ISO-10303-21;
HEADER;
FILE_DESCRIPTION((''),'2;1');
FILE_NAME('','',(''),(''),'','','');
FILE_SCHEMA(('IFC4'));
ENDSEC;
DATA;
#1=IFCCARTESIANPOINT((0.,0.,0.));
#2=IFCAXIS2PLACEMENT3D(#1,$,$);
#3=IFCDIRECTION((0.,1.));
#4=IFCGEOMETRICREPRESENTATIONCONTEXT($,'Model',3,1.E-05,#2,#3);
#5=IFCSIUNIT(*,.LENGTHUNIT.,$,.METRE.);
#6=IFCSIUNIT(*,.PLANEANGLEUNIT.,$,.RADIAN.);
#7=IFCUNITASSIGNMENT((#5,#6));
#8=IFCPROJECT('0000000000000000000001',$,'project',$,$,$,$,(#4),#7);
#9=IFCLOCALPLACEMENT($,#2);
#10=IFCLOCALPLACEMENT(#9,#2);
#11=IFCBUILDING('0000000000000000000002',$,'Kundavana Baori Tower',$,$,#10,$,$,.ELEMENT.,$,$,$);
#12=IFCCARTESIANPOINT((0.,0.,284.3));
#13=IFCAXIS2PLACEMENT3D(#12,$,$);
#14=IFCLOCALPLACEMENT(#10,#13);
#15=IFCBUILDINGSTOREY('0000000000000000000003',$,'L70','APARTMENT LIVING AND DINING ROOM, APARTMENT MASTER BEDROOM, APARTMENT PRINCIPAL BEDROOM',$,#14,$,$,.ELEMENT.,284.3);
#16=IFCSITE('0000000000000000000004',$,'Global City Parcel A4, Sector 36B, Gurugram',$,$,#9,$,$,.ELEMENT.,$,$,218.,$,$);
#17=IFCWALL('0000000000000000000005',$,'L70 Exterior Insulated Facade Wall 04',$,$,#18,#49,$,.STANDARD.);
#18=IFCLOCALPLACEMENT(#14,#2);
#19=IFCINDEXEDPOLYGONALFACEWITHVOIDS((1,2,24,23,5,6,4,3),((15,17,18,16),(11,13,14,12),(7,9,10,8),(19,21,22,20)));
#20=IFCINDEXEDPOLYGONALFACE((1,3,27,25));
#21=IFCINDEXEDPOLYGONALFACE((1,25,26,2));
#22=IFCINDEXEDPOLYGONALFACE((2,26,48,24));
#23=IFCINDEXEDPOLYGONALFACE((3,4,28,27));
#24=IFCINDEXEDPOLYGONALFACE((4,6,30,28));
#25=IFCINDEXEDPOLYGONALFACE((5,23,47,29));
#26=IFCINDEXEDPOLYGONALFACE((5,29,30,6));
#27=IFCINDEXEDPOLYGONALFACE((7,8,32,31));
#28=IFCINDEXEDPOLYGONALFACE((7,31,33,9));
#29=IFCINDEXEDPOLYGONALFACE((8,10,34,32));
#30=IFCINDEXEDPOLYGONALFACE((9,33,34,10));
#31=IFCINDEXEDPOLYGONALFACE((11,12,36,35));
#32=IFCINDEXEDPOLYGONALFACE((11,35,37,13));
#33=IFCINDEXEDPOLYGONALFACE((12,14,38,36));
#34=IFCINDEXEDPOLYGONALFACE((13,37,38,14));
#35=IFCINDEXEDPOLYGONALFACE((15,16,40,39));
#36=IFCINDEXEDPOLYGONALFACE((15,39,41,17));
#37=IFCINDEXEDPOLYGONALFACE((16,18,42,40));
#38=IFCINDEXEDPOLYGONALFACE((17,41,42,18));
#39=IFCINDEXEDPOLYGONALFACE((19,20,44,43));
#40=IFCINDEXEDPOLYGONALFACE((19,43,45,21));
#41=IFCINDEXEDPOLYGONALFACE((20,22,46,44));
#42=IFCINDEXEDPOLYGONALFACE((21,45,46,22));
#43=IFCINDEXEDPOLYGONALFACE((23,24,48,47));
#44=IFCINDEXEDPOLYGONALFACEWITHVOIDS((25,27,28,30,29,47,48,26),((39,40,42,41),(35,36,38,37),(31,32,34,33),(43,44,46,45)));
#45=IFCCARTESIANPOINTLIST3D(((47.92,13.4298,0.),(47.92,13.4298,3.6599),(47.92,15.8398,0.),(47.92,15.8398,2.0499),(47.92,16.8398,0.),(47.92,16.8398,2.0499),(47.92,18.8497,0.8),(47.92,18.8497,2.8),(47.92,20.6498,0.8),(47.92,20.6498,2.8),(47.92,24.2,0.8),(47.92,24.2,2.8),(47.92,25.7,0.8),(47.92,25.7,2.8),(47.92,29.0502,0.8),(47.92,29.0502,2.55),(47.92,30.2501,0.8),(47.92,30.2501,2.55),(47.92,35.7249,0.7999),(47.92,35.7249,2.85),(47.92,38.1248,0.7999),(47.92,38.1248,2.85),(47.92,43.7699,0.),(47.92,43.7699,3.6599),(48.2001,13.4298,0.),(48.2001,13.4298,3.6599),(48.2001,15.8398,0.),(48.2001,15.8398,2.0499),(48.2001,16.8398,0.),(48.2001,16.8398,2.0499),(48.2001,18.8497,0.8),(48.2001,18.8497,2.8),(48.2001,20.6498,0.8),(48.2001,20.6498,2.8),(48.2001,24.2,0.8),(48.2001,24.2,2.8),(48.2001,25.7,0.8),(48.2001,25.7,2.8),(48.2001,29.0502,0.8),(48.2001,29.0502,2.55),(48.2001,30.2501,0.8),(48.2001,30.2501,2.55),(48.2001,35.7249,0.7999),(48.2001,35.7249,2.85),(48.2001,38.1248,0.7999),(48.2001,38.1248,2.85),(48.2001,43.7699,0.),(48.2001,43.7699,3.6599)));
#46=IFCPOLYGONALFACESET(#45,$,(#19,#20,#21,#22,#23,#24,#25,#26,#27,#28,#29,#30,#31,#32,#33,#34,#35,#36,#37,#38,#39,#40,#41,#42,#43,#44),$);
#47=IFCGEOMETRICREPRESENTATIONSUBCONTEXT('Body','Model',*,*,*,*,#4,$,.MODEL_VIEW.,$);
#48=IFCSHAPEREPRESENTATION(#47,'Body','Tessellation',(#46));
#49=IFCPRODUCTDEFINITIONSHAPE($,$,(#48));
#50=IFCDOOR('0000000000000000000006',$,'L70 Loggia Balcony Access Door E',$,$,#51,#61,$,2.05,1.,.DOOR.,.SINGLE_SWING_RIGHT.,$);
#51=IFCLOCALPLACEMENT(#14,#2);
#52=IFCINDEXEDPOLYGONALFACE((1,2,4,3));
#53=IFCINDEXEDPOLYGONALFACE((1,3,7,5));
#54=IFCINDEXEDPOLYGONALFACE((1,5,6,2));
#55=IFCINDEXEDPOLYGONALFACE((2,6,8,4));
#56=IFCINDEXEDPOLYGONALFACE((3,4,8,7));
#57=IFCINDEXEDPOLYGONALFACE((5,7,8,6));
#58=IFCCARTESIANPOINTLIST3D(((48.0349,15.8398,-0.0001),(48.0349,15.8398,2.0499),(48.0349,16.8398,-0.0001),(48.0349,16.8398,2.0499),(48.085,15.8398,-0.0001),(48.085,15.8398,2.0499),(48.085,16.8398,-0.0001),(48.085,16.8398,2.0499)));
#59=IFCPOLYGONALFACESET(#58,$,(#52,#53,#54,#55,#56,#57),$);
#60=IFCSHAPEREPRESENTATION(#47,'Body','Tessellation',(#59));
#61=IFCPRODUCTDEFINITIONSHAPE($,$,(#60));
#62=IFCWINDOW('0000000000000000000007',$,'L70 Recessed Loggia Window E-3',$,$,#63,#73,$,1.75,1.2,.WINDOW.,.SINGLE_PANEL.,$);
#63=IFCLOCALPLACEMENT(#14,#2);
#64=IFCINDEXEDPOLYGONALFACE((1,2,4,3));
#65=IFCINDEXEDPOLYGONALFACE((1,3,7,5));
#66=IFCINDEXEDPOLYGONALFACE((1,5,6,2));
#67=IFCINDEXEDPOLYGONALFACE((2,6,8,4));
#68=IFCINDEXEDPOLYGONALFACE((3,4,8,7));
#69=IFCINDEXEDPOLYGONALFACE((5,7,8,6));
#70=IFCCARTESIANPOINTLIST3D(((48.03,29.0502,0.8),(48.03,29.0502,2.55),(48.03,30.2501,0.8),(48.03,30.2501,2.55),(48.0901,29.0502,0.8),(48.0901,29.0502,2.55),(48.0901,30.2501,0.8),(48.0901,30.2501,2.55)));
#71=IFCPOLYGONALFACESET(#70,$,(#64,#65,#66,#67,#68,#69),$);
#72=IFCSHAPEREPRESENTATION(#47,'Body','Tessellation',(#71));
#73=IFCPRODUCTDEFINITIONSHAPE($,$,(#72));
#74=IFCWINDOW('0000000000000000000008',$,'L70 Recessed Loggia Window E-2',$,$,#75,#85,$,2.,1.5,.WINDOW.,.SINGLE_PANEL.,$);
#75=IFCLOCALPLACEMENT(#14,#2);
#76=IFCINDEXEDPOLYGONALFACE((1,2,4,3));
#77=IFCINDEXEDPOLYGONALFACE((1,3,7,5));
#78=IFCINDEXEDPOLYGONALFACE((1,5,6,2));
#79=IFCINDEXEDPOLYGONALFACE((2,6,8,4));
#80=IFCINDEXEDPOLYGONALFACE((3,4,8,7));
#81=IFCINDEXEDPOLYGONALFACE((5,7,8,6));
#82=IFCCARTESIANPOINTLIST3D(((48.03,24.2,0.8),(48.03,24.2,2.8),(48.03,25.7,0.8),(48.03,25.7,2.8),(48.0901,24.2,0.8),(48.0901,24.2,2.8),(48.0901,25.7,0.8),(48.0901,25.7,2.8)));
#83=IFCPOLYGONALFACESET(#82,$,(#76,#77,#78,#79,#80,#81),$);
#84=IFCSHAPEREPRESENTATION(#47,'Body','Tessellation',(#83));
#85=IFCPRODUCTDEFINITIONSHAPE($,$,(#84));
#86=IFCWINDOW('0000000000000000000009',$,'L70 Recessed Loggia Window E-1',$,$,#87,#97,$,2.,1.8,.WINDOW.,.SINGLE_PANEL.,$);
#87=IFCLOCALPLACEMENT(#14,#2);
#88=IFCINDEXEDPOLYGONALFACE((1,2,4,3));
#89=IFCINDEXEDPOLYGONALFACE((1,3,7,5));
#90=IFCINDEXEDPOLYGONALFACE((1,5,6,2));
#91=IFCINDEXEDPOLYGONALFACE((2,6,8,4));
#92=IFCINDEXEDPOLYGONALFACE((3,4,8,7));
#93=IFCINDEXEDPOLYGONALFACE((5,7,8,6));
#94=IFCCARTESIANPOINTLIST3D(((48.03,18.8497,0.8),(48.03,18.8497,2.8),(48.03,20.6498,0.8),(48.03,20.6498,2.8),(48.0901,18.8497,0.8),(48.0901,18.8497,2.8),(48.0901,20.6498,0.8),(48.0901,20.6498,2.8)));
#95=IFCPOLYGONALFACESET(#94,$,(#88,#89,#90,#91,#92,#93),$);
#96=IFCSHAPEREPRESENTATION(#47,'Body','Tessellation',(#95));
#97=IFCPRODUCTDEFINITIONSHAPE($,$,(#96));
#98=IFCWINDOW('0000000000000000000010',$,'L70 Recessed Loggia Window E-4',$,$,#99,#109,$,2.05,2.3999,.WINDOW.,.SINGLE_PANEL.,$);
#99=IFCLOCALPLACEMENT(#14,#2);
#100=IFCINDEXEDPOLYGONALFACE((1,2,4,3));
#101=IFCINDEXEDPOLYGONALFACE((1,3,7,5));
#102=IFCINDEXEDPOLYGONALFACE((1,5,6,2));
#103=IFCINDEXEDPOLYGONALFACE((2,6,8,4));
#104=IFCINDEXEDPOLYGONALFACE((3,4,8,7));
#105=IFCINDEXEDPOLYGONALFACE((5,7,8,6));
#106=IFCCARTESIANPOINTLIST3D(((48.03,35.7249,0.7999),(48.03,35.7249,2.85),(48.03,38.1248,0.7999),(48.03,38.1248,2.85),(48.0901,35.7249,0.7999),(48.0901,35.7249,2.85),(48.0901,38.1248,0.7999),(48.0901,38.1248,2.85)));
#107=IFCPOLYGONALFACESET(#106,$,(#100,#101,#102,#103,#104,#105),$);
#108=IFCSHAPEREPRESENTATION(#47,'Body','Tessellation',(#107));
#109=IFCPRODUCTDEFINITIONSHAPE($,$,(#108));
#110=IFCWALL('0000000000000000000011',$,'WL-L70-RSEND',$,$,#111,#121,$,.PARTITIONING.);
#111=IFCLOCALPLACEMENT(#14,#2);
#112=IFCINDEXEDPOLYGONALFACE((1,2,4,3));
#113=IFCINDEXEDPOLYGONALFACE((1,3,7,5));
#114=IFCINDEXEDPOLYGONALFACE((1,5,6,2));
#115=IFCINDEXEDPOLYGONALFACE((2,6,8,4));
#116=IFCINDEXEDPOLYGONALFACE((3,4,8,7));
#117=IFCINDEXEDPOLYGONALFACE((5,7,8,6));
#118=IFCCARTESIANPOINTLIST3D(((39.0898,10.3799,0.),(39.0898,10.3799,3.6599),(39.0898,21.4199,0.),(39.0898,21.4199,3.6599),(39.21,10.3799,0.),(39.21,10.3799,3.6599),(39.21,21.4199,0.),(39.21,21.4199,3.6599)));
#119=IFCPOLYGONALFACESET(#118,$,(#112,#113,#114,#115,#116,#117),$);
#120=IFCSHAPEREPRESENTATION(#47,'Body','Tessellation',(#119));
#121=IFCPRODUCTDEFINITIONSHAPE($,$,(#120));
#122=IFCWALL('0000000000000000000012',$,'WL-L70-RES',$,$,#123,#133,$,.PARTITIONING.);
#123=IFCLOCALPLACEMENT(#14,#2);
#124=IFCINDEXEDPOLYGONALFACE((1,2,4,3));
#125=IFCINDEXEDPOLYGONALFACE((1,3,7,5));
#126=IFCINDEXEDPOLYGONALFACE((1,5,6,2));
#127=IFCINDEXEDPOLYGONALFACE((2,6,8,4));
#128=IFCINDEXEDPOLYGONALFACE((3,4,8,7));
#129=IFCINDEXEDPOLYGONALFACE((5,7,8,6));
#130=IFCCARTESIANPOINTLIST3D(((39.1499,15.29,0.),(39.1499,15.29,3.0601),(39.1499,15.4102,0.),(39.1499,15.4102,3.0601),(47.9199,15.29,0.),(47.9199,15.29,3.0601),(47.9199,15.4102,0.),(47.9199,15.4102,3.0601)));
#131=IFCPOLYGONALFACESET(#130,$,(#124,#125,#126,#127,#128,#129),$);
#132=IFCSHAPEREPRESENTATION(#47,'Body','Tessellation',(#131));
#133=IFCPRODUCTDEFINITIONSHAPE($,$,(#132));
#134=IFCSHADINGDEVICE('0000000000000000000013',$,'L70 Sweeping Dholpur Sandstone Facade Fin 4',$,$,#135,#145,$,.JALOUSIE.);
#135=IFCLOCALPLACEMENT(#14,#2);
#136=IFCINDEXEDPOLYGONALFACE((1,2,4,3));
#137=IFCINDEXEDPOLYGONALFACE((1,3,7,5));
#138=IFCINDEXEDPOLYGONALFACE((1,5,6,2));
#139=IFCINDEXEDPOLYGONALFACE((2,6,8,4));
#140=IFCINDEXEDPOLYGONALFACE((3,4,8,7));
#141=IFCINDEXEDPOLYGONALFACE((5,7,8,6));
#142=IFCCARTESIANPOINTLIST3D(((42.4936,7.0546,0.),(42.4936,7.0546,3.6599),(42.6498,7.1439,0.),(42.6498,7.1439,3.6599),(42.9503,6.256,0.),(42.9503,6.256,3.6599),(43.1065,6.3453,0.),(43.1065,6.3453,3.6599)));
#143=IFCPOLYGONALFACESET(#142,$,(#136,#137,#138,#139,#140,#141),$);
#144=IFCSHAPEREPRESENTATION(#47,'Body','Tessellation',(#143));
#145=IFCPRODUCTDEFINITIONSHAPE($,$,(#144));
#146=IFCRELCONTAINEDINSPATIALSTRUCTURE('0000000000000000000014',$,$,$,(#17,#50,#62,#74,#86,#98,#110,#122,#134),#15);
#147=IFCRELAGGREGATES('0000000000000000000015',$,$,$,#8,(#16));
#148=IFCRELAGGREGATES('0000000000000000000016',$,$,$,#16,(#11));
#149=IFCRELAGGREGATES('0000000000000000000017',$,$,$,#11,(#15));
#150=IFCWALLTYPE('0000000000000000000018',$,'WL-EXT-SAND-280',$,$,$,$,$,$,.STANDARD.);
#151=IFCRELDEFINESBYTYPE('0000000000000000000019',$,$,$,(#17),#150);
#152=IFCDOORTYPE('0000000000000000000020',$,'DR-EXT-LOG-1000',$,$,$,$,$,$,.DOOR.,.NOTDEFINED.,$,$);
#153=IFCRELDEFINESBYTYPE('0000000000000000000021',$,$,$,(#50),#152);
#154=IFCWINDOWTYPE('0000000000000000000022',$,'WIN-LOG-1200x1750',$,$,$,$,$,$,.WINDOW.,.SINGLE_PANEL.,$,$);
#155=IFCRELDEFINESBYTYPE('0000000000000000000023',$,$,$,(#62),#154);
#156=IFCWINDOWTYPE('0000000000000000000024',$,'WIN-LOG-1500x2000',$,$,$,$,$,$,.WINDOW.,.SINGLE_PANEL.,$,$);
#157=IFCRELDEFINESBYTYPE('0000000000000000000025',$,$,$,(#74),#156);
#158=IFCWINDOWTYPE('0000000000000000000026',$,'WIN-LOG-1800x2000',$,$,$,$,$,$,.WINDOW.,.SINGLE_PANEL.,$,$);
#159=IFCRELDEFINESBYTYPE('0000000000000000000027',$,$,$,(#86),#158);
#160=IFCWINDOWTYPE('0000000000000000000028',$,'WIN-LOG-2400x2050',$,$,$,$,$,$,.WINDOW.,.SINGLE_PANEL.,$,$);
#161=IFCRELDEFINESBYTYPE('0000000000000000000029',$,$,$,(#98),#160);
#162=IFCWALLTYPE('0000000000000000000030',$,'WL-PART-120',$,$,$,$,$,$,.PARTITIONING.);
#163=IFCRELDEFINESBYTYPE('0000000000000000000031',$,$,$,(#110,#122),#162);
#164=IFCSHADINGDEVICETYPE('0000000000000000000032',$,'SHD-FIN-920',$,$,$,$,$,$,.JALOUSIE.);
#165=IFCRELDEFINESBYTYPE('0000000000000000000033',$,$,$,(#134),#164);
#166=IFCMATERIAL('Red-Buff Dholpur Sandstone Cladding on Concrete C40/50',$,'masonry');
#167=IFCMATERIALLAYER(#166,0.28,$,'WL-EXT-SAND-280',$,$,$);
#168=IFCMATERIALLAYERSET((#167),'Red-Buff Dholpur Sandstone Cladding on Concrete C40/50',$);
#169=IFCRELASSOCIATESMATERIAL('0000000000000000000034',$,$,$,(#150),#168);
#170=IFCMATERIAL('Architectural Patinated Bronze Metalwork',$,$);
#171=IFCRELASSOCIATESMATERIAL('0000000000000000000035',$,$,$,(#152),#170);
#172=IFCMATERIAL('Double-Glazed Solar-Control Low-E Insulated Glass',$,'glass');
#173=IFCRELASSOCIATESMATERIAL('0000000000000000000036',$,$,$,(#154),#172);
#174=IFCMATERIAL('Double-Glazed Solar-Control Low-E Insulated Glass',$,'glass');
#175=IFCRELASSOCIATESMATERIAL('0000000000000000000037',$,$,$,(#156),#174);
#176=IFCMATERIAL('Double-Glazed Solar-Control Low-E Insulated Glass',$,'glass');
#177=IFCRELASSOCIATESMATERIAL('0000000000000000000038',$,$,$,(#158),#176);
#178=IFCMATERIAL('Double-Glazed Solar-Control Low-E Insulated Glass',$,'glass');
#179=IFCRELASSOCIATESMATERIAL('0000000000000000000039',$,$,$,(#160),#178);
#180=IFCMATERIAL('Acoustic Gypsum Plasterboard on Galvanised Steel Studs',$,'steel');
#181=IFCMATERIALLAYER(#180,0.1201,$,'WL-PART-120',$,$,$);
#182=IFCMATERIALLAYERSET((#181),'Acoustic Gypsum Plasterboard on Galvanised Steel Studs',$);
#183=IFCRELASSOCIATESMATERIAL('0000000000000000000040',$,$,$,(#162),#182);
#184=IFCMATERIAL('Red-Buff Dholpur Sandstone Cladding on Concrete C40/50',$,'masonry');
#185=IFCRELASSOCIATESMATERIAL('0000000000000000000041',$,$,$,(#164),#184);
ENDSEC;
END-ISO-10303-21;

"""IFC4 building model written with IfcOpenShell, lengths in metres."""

from ifc_helpers import new_model, si_unit, direction, frame, frame_2d, origin, origin_2d, place, context, subcontext, project, spatial, rectangle, extrude, material, layer, layer_set, type_object, element, fill, save


model = new_model("IFC4")

# Units and contexts
model_context = context("Model", 3, precision=1e-05, world=origin(), true_north=direction((0.0, 1.0)))
body_context = subcontext(model_context, "Body", "Model", "MODEL_VIEW")
ifc_project = project(units=[si_unit("LENGTHUNIT", "METRE"), si_unit("PLANEANGLEUNIT", "RADIAN")], contexts=[model_context])

# Site, building, storey
site_placement = place(None, origin())
site = spatial("IfcSite", under=ifc_project, at=site_placement, Name="Global City Parcel A4, Sector 36B, Gurugram", CompositionType="ELEMENT", RefElevation=218.0)
building_placement = place(site_placement, origin())
building = spatial("IfcBuilding", under=site, at=building_placement, Name="Kundavana Baori Tower", CompositionType="ELEMENT")
storey_placement = place(building_placement, frame((0.0, 0.0, 284.3)))
storey = spatial("IfcBuildingStorey", under=building, at=storey_placement, Name="L70", Description="APARTMENT LIVING AND DINING ROOM, APARTMENT MASTER BEDROOM, APARTMENT PRINCIPAL BEDROOM", CompositionType="ELEMENT", Elevation=284.3)

# Shared definitions
ifc_material_1 = material(Name="Red-Buff Dholpur Sandstone Cladding on Concrete C40/50", Category="masonry")
ifc_layer_1 = layer(ifc_material_1, 0.28, Name="WL-EXT-SAND-280")
ifc_layer_set_1 = layer_set([ifc_layer_1], Name="Red-Buff Dholpur Sandstone Cladding on Concrete C40/50")
wall_type_1 = type_object("IfcWallType", Name="WL-EXT-SAND-280", PredefinedType="STANDARD", material=ifc_layer_set_1)

# Wall, openings, door, windows
wall_1_placement = place(storey_placement, frame((48.0601, 13.4299, 0.0), z_axis=(0.0, 0.0, 1.0), x_axis=(0.0, 1.0, 0.0)))
wall_1 = element("IfcWall", 1, at=wall_1_placement, inside=storey, type_object=wall_type_1, Name="L70 Exterior Insulated Facade Wall 04", PredefinedType="STANDARD", context=body_context, shape_type="SweptSolid", body=[
    extrude(rectangle(XDim=30.3401, YDim=0.28, at=frame_2d((15.1699, 0.0))), origin(), (0.0, 0.0, 1.0), 3.6599),
])
opening_1_placement = place(wall_1_placement, frame((2.4099, 0.0, 0.0)))
opening_1 = element("IfcOpeningElement", 2, at=opening_1_placement, cuts=wall_1, PredefinedType="OPENING", context=body_context, shape_type="SweptSolid", body=[
    extrude(rectangle(XDim=1.0, YDim=2.05, at=frame_2d((0.5, 1.0249))), frame((0.0, 0.1499, 0.0), z_axis=(0.0, -1.0, 0.0), x_axis=(1.0, 0.0, 0.0)), (0.0, 0.0, 1.0), 0.3),
])
opening_2_placement = place(wall_1_placement, frame((5.4199, 0.0, 0.8)))
opening_2 = element("IfcOpeningElement", 3, at=opening_2_placement, cuts=wall_1, PredefinedType="OPENING", context=body_context, shape_type="SweptSolid", body=[
    extrude(rectangle(XDim=1.8, YDim=2.0, at=frame_2d((0.8999, 1.0))), frame((0.0, 0.1499, 0.0), z_axis=(0.0, -1.0, 0.0), x_axis=(1.0, 0.0, 0.0)), (0.0, 0.0, 1.0), 0.3),
])
opening_3_placement = place(wall_1_placement, frame((10.77, 0.0, 0.8)))
opening_3 = element("IfcOpeningElement", 4, at=opening_3_placement, cuts=wall_1, PredefinedType="OPENING", context=body_context, shape_type="SweptSolid", body=[
    extrude(rectangle(XDim=1.5, YDim=2.0, at=frame_2d((0.75, 1.0))), frame((0.0, 0.1499, 0.0), z_axis=(0.0, -1.0, 0.0), x_axis=(1.0, 0.0, 0.0)), (0.0, 0.0, 1.0), 0.3),
])
opening_4_placement = place(wall_1_placement, frame((15.6201, 0.0, 0.8)))
opening_4 = element("IfcOpeningElement", 5, at=opening_4_placement, cuts=wall_1, PredefinedType="OPENING", context=body_context, shape_type="SweptSolid", body=[
    extrude(rectangle(XDim=1.2, YDim=1.75, at=frame_2d((0.6001, 0.875))), frame((0.0, 0.1499, 0.0), z_axis=(0.0, -1.0, 0.0), x_axis=(1.0, 0.0, 0.0)), (0.0, 0.0, 1.0), 0.3),
])
opening_5_placement = place(wall_1_placement, frame((22.2949, 0.0, 0.8)))
opening_5 = element("IfcOpeningElement", 6, at=opening_5_placement, cuts=wall_1, PredefinedType="OPENING", context=body_context, shape_type="SweptSolid", body=[
    extrude(rectangle(XDim=2.3999, YDim=2.05, at=frame_2d((1.2, 1.0249))), frame((0.0, 0.1499, 0.0), z_axis=(0.0, -1.0, 0.0), x_axis=(1.0, 0.0, 0.0)), (0.0, 0.0, 1.0), 0.3),
])
ifc_material_2 = material(Name="Architectural Patinated Bronze Metalwork")
door_type = type_object("IfcDoorType", Name="DR-EXT-LOG-1000", OperationType="NOTDEFINED", PredefinedType="DOOR", material=ifc_material_2)
door_placement = place(opening_1_placement, frame((1.0, 0.0, 0.0), z_axis=(0.0, 0.0, 1.0), x_axis=(-1.0, 0.0, 0.0)))
door = element("IfcDoor", 7, at=door_placement, inside=storey, type_object=door_type, Name="L70 Loggia Balcony Access Door E", OperationType="SINGLE_SWING_RIGHT", OverallHeight=2.05, OverallWidth=1.0, PredefinedType="DOOR", context=body_context, shape_type="SweptSolid", body=[
    extrude(rectangle(XDim=1.0, YDim=2.05, at=frame_2d((0.5, 1.0249))), frame((0.0, 0.0249, 0.0), z_axis=(0.0, -1.0, 0.0), x_axis=(1.0, 0.0, 0.0)), (0.0, 0.0, 1.0), 0.05),
])
fill(opening_1, door)
ifc_material_3 = material(Name="Double-Glazed Solar-Control Low-E Insulated Glass", Category="glass")
window_type_1 = type_object("IfcWindowType", Name="WIN-LOG-1200x1750", PartitioningType="SINGLE_PANEL", PredefinedType="WINDOW", material=ifc_material_3)
window_1_placement = place(opening_4_placement, origin())
window_1 = element("IfcWindow", 8, at=window_1_placement, inside=storey, type_object=window_type_1, Name="L70 Recessed Loggia Window E-3", OverallHeight=1.75, OverallWidth=1.2, PartitioningType="SINGLE_PANEL", PredefinedType="WINDOW", context=body_context, shape_type="SweptSolid", body=[
    extrude(rectangle(XDim=1.2, YDim=1.75, at=frame_2d((0.6001, 0.875))), frame((0.0, 0.03, 0.0), z_axis=(0.0, -1.0, 0.0), x_axis=(1.0, 0.0, 0.0)), (0.0, 0.0, 1.0), 0.0601),
])
fill(opening_4, window_1)
ifc_material_4 = material(Name="Double-Glazed Solar-Control Low-E Insulated Glass", Category="glass")
window_type_2 = type_object("IfcWindowType", Name="WIN-LOG-1500x2000", PartitioningType="SINGLE_PANEL", PredefinedType="WINDOW", material=ifc_material_4)
window_2_placement = place(opening_3_placement, origin())
window_2 = element("IfcWindow", 9, at=window_2_placement, inside=storey, type_object=window_type_2, Name="L70 Recessed Loggia Window E-2", OverallHeight=2.0, OverallWidth=1.5, PartitioningType="SINGLE_PANEL", PredefinedType="WINDOW", context=body_context, shape_type="SweptSolid", body=[
    extrude(rectangle(XDim=1.5, YDim=2.0, at=frame_2d((0.75, 1.0))), frame((0.0, 0.03, 0.0), z_axis=(0.0, -1.0, 0.0), x_axis=(1.0, 0.0, 0.0)), (0.0, 0.0, 1.0), 0.0601),
])
fill(opening_3, window_2)
ifc_material_5 = material(Name="Double-Glazed Solar-Control Low-E Insulated Glass", Category="glass")
window_type_3 = type_object("IfcWindowType", Name="WIN-LOG-1800x2000", PartitioningType="SINGLE_PANEL", PredefinedType="WINDOW", material=ifc_material_5)
window_3_placement = place(opening_2_placement, origin())
window_3 = element("IfcWindow", 10, at=window_3_placement, inside=storey, type_object=window_type_3, Name="L70 Recessed Loggia Window E-1", OverallHeight=2.0, OverallWidth=1.8, PartitioningType="SINGLE_PANEL", PredefinedType="WINDOW", context=body_context, shape_type="SweptSolid", body=[
    extrude(rectangle(XDim=1.8, YDim=2.0, at=frame_2d((0.8999, 1.0))), frame((0.0, 0.03, 0.0), z_axis=(0.0, -1.0, 0.0), x_axis=(1.0, 0.0, 0.0)), (0.0, 0.0, 1.0), 0.0601),
])
fill(opening_2, window_3)
ifc_material_6 = material(Name="Double-Glazed Solar-Control Low-E Insulated Glass", Category="glass")
window_type_4 = type_object("IfcWindowType", Name="WIN-LOG-2400x2050", PartitioningType="SINGLE_PANEL", PredefinedType="WINDOW", material=ifc_material_6)
window_4_placement = place(opening_5_placement, origin())
window_4 = element("IfcWindow", 11, at=window_4_placement, inside=storey, type_object=window_type_4, Name="L70 Recessed Loggia Window E-4", OverallHeight=2.05, OverallWidth=2.3999, PartitioningType="SINGLE_PANEL", PredefinedType="WINDOW", context=body_context, shape_type="SweptSolid", body=[
    extrude(rectangle(XDim=2.3999, YDim=2.05, at=frame_2d((1.2, 1.0249))), frame((0.0, 0.03, 0.0), z_axis=(0.0, -1.0, 0.0), x_axis=(1.0, 0.0, 0.0)), (0.0, 0.0, 1.0), 0.0601),
])
fill(opening_5, window_4)

# Walls
ifc_material_7 = material(Name="Acoustic Gypsum Plasterboard on Galvanised Steel Studs", Category="steel")
ifc_layer_2 = layer(ifc_material_7, 0.1201, Name="WL-PART-120")
ifc_layer_set_2 = layer_set([ifc_layer_2], Name="Acoustic Gypsum Plasterboard on Galvanised Steel Studs")
wall_type_2 = type_object("IfcWallType", Name="WL-PART-120", PredefinedType="PARTITIONING", material=ifc_layer_set_2)
wall_2_placement = place(storey_placement, frame((39.1499, 10.3799, 0.0), z_axis=(0.0, 0.0, 1.0), x_axis=(0.0, 1.0, 0.0)))
element("IfcWall", 12, at=wall_2_placement, inside=storey, type_object=wall_type_2, Name="WL-L70-RSEND", PredefinedType="PARTITIONING", context=body_context, shape_type="SweptSolid", body=[
    extrude(rectangle(XDim=11.04, YDim=0.1201, at=frame_2d((5.52, 0.0))), origin(), (0.0, 0.0, 1.0), 3.6599),
])
wall_3_placement = place(storey_placement, frame((39.1499, 15.3501, 0.0), z_axis=(0.0, 0.0, 1.0), x_axis=(1.0, 0.0, 0.0)))
element("IfcWall", 13, at=wall_3_placement, inside=storey, type_object=wall_type_2, Name="WL-L70-RES", PredefinedType="PARTITIONING", context=body_context, shape_type="SweptSolid", body=[
    extrude(rectangle(XDim=8.77, YDim=0.1201, at=frame_2d((4.385, 0.0))), origin(), (0.0, 0.0, 1.0), 3.0601),
])

# Shading device
ifc_material_8 = material(Name="Red-Buff Dholpur Sandstone Cladding on Concrete C40/50", Category="masonry")
shading_device_type = type_object("IfcShadingDeviceType", Name="SHD-FIN-920", PredefinedType="JALOUSIE", material=ifc_material_8)
shading_device_placement = place(storey_placement, frame((42.8, 6.7, 0.0), z_axis=(0.0, 0.0, 1.0), x_axis=(0.868112, 0.496368, 0.0)))
element("IfcShadingDevice", 14, at=shading_device_placement, inside=storey, type_object=shading_device_type, Name="L70 Sweeping Dholpur Sandstone Facade Fin 4", PredefinedType="JALOUSIE", context=body_context, shape_type="SweptSolid", body=[
    extrude(rectangle(XDim=0.1799, YDim=0.9199, at=origin_2d()), origin(), (0.0, 0.0, 1.0), 3.6599),
])

save(model, "model.ifc")
